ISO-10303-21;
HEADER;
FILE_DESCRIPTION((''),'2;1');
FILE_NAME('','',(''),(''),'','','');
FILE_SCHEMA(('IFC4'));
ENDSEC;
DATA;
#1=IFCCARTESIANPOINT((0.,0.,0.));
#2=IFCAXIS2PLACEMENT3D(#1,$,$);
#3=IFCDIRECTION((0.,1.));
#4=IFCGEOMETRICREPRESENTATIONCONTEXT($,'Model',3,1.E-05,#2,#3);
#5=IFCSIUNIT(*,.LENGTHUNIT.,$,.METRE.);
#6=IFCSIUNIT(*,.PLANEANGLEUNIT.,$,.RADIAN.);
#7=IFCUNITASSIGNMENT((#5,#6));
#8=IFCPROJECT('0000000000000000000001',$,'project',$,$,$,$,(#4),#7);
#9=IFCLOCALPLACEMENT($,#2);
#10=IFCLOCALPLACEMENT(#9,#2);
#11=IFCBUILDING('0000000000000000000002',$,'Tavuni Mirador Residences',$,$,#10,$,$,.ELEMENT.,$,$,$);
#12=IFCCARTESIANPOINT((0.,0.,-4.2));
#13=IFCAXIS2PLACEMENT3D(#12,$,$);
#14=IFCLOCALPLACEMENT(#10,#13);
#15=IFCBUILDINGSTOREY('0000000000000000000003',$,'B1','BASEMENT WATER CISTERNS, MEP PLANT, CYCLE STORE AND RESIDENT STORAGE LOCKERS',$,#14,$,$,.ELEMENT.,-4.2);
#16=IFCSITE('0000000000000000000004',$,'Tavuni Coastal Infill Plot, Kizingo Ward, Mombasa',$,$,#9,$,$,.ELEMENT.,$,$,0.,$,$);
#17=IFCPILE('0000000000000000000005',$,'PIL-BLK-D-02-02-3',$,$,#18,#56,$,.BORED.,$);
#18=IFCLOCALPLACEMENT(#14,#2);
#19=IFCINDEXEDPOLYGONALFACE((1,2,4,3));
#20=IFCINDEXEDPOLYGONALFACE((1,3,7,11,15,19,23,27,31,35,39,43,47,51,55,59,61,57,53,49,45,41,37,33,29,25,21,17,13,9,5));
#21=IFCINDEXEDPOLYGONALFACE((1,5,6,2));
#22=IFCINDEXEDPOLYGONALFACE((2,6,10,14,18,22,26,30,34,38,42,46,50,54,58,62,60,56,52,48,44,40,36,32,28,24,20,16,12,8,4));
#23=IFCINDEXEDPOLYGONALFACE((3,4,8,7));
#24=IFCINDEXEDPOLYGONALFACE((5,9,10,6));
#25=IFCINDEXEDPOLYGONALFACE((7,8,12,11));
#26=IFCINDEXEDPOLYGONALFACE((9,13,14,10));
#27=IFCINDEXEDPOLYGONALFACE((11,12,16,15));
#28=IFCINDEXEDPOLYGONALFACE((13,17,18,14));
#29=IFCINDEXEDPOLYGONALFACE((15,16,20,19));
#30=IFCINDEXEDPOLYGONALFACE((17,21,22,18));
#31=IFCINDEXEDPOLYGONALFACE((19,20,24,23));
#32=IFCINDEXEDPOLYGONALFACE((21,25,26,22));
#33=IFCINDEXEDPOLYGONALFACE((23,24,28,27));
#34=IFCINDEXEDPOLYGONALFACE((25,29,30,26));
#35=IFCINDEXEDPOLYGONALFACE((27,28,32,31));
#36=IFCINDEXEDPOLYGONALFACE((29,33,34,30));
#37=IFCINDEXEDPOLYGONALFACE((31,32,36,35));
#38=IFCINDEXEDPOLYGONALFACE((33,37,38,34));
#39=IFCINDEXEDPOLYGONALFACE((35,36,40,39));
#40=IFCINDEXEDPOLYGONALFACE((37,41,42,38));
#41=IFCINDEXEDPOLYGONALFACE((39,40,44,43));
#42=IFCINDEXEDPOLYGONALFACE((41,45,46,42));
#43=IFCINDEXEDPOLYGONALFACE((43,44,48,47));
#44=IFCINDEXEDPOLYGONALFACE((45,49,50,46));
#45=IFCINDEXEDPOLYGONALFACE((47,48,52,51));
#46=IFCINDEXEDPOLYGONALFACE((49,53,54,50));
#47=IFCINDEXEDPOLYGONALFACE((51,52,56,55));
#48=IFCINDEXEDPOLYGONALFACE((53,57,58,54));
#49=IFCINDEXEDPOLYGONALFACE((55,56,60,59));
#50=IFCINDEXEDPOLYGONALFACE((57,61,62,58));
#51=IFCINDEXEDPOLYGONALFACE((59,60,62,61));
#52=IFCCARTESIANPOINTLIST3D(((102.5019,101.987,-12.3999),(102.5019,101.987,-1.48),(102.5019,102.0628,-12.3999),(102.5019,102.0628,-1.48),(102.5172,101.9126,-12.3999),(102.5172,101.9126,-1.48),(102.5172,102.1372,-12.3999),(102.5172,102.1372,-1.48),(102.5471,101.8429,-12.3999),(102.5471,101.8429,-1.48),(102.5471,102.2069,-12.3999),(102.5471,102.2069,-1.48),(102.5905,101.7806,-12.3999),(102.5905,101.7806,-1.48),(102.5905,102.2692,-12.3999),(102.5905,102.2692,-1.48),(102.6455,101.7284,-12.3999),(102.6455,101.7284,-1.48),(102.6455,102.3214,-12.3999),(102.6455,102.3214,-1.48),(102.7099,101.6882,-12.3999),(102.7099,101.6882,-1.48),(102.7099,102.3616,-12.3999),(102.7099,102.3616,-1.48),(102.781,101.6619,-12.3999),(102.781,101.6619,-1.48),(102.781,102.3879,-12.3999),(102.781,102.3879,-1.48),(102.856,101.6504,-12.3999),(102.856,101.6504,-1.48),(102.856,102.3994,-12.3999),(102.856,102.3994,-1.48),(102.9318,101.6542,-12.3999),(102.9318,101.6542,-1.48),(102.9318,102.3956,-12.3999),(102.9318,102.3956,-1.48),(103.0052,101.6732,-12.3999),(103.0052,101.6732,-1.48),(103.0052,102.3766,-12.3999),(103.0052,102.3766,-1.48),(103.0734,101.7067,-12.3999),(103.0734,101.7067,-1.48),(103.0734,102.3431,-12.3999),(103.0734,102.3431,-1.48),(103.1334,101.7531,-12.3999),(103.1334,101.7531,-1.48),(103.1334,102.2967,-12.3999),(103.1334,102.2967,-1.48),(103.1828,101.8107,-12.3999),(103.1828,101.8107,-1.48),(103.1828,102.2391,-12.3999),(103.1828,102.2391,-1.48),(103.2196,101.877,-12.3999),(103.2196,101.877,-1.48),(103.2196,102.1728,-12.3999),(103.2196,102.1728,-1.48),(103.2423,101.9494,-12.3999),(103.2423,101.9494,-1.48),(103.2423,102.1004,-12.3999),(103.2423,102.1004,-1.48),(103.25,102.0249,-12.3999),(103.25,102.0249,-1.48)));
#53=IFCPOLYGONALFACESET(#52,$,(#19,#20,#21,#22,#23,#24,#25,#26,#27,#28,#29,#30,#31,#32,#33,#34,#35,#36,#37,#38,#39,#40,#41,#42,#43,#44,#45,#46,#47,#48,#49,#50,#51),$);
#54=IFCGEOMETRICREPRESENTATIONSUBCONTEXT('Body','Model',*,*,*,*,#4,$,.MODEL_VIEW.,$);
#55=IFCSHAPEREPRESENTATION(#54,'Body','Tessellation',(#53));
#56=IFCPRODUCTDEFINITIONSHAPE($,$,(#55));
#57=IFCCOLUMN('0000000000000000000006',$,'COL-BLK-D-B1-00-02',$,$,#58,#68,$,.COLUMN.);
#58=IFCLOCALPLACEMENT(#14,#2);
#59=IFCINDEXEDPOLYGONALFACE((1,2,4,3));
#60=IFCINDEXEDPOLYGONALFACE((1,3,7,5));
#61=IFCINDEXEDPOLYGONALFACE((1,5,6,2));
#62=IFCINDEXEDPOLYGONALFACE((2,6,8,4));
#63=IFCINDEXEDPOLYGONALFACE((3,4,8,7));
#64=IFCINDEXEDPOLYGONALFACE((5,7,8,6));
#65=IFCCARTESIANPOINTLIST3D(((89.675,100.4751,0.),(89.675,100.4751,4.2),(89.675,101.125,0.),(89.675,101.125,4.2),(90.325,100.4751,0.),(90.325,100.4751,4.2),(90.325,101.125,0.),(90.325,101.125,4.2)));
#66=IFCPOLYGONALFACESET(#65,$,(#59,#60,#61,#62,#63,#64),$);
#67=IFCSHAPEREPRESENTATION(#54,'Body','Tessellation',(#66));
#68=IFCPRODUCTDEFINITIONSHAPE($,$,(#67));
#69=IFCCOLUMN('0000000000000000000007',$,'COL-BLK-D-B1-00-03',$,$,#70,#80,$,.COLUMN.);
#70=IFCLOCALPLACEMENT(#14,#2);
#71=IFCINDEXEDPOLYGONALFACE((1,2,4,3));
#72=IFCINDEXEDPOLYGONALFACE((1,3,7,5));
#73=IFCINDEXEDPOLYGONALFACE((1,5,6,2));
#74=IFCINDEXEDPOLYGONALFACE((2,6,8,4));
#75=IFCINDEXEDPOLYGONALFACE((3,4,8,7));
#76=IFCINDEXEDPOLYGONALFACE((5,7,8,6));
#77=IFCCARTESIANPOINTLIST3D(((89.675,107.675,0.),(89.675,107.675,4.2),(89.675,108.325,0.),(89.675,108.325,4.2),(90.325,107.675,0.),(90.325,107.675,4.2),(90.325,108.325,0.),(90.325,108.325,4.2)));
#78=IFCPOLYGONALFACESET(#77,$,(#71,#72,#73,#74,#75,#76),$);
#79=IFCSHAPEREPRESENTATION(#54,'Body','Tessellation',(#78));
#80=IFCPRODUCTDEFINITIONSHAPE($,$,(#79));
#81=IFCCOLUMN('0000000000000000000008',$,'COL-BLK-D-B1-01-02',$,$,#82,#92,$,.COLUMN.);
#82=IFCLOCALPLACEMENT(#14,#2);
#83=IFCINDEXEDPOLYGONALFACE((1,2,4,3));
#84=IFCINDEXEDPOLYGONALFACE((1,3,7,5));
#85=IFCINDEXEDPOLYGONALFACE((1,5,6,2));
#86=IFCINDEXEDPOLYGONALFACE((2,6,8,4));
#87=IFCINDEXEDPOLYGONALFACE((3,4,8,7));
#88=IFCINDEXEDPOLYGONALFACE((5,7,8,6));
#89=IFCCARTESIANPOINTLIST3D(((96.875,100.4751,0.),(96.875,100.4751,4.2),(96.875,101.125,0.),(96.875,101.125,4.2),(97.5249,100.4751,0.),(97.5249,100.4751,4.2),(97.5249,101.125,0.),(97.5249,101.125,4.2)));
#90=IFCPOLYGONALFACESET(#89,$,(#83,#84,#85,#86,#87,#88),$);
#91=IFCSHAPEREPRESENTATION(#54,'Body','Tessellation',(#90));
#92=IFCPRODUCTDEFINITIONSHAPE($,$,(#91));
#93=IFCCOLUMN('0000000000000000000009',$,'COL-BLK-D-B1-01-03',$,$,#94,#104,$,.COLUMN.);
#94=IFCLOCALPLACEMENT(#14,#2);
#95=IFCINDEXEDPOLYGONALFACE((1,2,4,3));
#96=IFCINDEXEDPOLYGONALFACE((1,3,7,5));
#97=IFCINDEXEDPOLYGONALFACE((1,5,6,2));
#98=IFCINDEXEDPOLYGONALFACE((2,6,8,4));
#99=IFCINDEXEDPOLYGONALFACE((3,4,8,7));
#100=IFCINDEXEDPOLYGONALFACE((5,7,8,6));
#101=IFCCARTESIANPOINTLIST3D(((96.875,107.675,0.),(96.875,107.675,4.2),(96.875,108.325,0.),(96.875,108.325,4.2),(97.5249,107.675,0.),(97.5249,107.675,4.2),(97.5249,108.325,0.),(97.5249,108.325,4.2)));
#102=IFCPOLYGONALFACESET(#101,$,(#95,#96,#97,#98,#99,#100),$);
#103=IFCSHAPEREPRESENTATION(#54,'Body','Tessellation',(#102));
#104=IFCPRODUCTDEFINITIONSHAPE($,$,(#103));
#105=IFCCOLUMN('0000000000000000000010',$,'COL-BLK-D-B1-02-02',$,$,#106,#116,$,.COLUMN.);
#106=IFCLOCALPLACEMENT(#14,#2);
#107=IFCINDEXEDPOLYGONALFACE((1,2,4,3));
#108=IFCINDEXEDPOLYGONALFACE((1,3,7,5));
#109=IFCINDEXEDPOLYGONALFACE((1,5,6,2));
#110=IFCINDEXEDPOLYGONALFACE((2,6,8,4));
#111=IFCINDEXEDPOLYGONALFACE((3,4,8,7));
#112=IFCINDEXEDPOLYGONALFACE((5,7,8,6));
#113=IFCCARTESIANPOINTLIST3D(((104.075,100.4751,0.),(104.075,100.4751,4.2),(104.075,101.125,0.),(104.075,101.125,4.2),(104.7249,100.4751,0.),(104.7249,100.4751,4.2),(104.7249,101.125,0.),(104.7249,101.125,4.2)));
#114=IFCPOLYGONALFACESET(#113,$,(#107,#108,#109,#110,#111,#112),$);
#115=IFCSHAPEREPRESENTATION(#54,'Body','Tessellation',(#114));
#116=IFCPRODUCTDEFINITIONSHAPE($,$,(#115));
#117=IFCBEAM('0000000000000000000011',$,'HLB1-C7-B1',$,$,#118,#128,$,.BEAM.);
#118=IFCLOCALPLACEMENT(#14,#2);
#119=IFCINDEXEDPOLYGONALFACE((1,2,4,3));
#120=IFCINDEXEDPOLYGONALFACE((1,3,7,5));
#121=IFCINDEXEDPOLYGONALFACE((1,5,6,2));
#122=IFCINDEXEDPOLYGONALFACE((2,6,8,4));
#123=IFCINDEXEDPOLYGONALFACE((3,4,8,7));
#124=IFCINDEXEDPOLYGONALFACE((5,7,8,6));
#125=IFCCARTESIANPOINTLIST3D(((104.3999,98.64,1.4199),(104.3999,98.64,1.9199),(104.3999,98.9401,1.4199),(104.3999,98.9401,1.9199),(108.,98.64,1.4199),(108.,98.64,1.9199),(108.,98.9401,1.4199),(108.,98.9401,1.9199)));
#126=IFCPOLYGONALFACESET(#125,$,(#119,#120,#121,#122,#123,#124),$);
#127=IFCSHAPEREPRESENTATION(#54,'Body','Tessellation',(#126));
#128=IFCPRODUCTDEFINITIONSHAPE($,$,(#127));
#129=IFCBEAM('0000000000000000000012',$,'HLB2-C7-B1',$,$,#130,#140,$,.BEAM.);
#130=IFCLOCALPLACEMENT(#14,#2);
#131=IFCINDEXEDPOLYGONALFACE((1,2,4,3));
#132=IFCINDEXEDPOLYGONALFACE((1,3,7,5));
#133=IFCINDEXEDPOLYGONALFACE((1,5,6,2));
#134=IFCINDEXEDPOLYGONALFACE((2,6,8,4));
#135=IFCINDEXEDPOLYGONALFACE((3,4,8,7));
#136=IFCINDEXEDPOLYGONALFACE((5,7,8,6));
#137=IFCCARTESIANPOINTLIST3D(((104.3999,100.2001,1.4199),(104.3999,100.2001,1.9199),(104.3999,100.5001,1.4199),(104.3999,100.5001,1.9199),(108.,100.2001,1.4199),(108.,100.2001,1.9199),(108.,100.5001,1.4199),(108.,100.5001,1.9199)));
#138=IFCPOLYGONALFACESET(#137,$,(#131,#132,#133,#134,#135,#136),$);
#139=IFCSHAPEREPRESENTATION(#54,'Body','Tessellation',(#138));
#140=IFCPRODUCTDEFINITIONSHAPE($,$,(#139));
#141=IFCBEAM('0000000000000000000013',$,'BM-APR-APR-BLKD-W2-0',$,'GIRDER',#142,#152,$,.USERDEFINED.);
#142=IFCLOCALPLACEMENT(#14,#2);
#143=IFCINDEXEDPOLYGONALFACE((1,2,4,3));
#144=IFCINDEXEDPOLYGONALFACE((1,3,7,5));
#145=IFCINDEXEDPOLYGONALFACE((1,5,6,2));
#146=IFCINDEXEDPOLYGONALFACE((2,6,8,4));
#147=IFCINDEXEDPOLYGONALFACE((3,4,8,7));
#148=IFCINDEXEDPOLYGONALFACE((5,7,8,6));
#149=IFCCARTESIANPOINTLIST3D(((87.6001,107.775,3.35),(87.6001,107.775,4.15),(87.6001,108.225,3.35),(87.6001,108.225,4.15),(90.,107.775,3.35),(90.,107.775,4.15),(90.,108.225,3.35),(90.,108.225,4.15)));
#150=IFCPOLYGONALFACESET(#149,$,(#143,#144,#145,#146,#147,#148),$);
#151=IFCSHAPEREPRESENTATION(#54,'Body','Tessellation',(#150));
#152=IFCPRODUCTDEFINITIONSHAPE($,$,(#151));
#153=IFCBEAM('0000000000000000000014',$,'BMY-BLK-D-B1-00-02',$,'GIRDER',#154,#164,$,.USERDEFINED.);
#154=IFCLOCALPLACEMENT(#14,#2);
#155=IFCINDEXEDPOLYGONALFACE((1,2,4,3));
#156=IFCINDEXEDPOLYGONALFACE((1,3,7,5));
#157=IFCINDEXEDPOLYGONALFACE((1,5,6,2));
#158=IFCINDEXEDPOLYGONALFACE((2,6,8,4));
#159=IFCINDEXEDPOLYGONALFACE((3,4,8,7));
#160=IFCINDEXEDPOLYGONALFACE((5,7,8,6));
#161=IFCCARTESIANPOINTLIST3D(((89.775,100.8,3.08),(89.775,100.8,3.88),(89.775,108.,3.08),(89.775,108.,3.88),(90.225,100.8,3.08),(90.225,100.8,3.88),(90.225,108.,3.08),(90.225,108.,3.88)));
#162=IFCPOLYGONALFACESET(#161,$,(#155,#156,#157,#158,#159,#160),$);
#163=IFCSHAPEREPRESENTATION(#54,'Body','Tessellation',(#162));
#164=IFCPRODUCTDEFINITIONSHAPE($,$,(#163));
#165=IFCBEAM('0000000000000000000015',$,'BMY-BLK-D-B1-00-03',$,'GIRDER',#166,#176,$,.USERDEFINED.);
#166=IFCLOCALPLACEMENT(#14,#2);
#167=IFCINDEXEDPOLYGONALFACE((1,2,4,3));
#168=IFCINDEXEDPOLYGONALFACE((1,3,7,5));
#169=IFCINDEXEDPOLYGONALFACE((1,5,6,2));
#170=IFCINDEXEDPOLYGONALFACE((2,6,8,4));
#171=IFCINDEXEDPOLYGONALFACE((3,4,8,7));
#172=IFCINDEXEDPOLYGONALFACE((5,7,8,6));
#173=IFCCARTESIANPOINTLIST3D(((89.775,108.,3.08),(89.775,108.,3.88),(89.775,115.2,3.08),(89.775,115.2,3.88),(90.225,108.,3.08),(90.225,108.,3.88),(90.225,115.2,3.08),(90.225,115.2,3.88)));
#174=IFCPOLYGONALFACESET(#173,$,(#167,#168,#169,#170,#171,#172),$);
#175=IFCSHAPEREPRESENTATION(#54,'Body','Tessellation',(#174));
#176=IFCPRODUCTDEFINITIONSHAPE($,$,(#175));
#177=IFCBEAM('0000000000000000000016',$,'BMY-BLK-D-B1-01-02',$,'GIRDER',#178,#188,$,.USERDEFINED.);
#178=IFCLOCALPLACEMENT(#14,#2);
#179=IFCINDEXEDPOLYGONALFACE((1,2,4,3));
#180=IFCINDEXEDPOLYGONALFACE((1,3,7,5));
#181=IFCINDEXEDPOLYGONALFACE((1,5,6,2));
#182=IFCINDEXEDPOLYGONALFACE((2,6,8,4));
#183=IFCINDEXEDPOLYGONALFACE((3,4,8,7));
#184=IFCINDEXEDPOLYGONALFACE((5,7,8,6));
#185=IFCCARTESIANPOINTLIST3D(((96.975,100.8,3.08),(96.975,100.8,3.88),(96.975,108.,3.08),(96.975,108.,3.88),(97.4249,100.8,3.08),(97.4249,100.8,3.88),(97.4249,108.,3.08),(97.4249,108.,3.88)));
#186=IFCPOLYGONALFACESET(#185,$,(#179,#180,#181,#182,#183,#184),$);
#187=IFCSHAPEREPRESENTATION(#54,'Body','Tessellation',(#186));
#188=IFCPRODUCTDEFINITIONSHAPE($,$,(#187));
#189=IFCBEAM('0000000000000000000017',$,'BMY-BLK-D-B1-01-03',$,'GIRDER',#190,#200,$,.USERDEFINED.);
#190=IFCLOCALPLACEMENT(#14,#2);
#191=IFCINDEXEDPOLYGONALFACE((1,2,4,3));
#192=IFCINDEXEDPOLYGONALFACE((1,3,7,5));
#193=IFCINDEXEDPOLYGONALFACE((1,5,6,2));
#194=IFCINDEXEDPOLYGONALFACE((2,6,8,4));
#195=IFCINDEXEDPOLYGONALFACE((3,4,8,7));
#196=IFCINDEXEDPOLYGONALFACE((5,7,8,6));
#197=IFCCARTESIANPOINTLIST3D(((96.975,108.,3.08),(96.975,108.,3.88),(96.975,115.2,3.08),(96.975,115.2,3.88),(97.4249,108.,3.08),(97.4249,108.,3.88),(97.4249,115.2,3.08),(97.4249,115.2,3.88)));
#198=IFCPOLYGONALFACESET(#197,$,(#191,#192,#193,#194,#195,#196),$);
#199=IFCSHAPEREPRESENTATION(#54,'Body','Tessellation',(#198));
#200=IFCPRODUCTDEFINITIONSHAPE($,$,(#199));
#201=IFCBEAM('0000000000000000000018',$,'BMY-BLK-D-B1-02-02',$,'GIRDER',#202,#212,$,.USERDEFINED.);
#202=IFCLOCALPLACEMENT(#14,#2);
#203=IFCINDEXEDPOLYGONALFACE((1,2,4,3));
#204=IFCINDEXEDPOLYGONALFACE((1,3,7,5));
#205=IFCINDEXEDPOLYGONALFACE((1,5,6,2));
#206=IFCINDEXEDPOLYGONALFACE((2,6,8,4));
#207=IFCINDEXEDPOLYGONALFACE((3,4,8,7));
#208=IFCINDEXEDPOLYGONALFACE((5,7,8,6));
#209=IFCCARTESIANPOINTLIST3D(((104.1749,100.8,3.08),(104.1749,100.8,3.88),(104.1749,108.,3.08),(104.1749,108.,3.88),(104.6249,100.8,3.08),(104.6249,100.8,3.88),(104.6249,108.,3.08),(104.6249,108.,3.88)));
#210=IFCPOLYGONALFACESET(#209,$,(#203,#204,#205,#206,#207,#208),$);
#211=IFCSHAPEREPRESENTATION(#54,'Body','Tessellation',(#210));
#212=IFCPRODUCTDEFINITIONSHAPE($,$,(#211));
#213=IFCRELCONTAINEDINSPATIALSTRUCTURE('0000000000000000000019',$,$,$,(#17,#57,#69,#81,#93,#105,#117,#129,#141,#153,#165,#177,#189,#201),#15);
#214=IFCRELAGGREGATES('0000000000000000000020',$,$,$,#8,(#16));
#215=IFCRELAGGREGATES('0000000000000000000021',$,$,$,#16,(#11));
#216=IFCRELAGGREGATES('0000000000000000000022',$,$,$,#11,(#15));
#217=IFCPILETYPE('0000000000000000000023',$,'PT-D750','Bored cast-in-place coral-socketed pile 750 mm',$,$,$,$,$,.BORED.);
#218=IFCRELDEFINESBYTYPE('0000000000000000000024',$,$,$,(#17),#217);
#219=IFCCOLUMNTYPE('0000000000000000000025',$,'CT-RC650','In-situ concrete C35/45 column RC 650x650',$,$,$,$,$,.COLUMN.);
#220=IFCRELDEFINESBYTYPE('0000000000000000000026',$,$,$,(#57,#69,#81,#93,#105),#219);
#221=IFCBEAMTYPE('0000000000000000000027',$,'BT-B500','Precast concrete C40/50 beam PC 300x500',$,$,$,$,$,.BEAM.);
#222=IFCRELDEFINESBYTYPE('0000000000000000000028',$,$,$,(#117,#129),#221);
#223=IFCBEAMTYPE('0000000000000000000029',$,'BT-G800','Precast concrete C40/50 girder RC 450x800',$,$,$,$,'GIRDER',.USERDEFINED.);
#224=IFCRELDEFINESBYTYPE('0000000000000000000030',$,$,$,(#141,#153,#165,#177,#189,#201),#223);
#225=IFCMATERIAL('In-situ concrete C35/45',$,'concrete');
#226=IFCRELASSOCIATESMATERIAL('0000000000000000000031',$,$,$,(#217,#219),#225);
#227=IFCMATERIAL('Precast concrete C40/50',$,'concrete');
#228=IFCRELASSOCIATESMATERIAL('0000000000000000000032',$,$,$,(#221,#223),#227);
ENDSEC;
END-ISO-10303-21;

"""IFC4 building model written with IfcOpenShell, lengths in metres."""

from ifc_helpers import new_model, si_unit, direction, frame, origin, origin_2d, place, context, subcontext, project, spatial, rectangle, circle, extrude, material, material_profile, profile_set, type_object, element, save


model = new_model("IFC4")

# Units and contexts
model_context = context("Model", 3, precision=1e-05, world=origin(), true_north=direction((0.0, 1.0)))
body_context = subcontext(model_context, "Body", "Model", "MODEL_VIEW")
ifc_project = project(units=[si_unit("LENGTHUNIT", "METRE"), si_unit("PLANEANGLEUNIT", "RADIAN")], contexts=[model_context])

# Site, building, storey
site_placement = place(None, origin())
site = spatial("IfcSite", under=ifc_project, at=site_placement, Name="Tavuni Coastal Infill Plot, Kizingo Ward, Mombasa", CompositionType="ELEMENT", RefElevation=0.0)
building_placement = place(site_placement, origin())
building = spatial("IfcBuilding", under=site, at=building_placement, Name="Tavuni Mirador Residences", CompositionType="ELEMENT")
storey_placement = place(building_placement, frame((0.0, 0.0, -4.2)))
storey = spatial("IfcBuildingStorey", under=building, at=storey_placement, Name="B1", Description="BASEMENT WATER CISTERNS, MEP PLANT, CYCLE STORE AND RESIDENT STORAGE LOCKERS", CompositionType="ELEMENT", Elevation=-4.2)

# Shared definitions
ifc_material_1 = material(Name="In-situ concrete C35/45", Category="concrete")

# Pile
ifc_material_profile_1 = material_profile(ifc_material_1, circle(Radius=0.375, at=origin_2d()), Name="PILE D750", Category="concrete")
ifc_profile_set_1 = profile_set([ifc_material_profile_1], Name="In-situ concrete C35/45")
pile_type_1 = type_object("IfcPileType", Name="PT-D750", Description="Bored cast-in-place coral-socketed pile 750 mm", PredefinedType="BORED", material=ifc_profile_set_1)
for number, where, z_axis, x_axis, name in (
    (1, (102.875, 102.0249, -1.48), (0.0, 0.0, -1.0), (1.0, 0.0, 0.0), "PIL-BLK-D-02-02-3"),
):
    element("IfcPile", number, at=place(storey_placement, frame(where, z_axis=z_axis, x_axis=x_axis)), inside=storey, type_object=pile_type_1, Name=name, PredefinedType="BORED", context=body_context, shape_type="SweptSolid", body=[
        extrude(circle(Radius=0.375, at=origin_2d()), origin(), (0.0, 0.0, 1.0), 10.9199),
    ])

# Columns
ifc_material_profile_2 = material_profile(ifc_material_1, rectangle(XDim=0.6499, YDim=0.6499, at=origin_2d()), Name="RC 650x650", Category="concrete")
ifc_profile_set_2 = profile_set([ifc_material_profile_2], Name="In-situ concrete C35/45")
column_type = type_object("IfcColumnType", Name="CT-RC650", Description="In-situ concrete C35/45 column RC 650x650", PredefinedType="COLUMN", material=ifc_profile_set_2)
for number, where, z_axis, x_axis, name in (
    (2, (90.0, 100.8, 0.0), (0.0, 0.0, 1.0), (1.0, 0.0, 0.0), "COL-BLK-D-B1-00-02"),
    (3, (90.0, 108.0, 0.0), (0.0, 0.0, 1.0), (1.0, 0.0, 0.0), "COL-BLK-D-B1-00-03"),
    (4, (97.2, 100.8, 0.0), (0.0, 0.0, 1.0), (1.0, 0.0, 0.0), "COL-BLK-D-B1-01-02"),
    (5, (97.2, 108.0, 0.0), (0.0, 0.0, 1.0), (1.0, 0.0, 0.0), "COL-BLK-D-B1-01-03"),
    (6, (104.3999, 100.8, 0.0), (0.0, 0.0, 1.0), (1.0, 0.0, 0.0), "COL-BLK-D-B1-02-02"),
):
    element("IfcColumn", number, at=place(storey_placement, frame(where, z_axis=z_axis, x_axis=x_axis)), inside=storey, type_object=column_type, Name=name, PredefinedType="COLUMN", context=body_context, shape_type="SweptSolid", body=[
        extrude(rectangle(XDim=0.6499, YDim=0.6499, at=origin_2d()), origin(), (0.0, 0.0, 1.0), 4.2),
    ])

# Beams
ifc_material_2 = material(Name="Precast concrete C40/50", Category="concrete")
ifc_material_profile_3 = material_profile(ifc_material_2, rectangle(XDim=0.3, YDim=0.5, at=origin_2d()), Name="PC 300x500", Category="concrete")
ifc_profile_set_3 = profile_set([ifc_material_profile_3], Name="Precast concrete C40/50")
beam_type_1 = type_object("IfcBeamType", Name="BT-B500", Description="Precast concrete C40/50 beam PC 300x500", PredefinedType="BEAM", material=ifc_profile_set_3)
for number, where, z_axis, x_axis, name in (
    (7, (104.3999, 98.79, 1.6699), (1.0, 0.0, 0.0), (0.0, 1.0, 0.0), "HLB1-C7-B1"),
    (8, (104.3999, 100.3501, 1.6699), (1.0, 0.0, 0.0), (0.0, 1.0, 0.0), "HLB2-C7-B1"),
):
    element("IfcBeam", number, at=place(storey_placement, frame(where, z_axis=z_axis, x_axis=x_axis)), inside=storey, type_object=beam_type_1, Name=name, PredefinedType="BEAM", context=body_context, shape_type="SweptSolid", body=[
        extrude(rectangle(XDim=0.3, YDim=0.5, at=origin_2d()), origin(), (0.0, 0.0, 1.0), 3.6001),
    ])
ifc_material_profile_4 = material_profile(ifc_material_2, rectangle(XDim=0.45, YDim=0.8, at=origin_2d()), Name="RC 450x800", Category="concrete")
ifc_profile_set_4 = profile_set([ifc_material_profile_4], Name="Precast concrete C40/50")
beam_type_2 = type_object("IfcBeamType", Name="BT-G800", Description="Precast concrete C40/50 girder RC 450x800", ElementType="GIRDER", PredefinedType="USERDEFINED", material=ifc_profile_set_4)
beam_placement = place(storey_placement, frame((90.0, 108.0, 3.75), z_axis=(-1.0, 0.0, 0.0), x_axis=(0.0, -1.0, 0.0)))
element("IfcBeam", 9, at=beam_placement, inside=storey, type_object=beam_type_2, Name="BM-APR-APR-BLKD-W2-0", ObjectType="GIRDER", PredefinedType="USERDEFINED", context=body_context, shape_type="SweptSolid", body=[
    extrude(rectangle(XDim=0.45, YDim=0.8, at=origin_2d()), origin(), (0.0, 0.0, 1.0), 2.3999),
])
for number, where, z_axis, x_axis, name in (
    (10, (90.0, 100.8, 3.48), (0.0, 1.0, 0.0), (-1.0, 0.0, 0.0), "BMY-BLK-D-B1-00-02"),
    (11, (90.0, 108.0, 3.48), (0.0, 1.0, 0.0), (-1.0, 0.0, 0.0), "BMY-BLK-D-B1-00-03"),
    (12, (97.2, 100.8, 3.48), (0.0, 1.0, 0.0), (-1.0, 0.0, 0.0), "BMY-BLK-D-B1-01-02"),
    (13, (97.2, 108.0, 3.48), (0.0, 1.0, 0.0), (-1.0, 0.0, 0.0), "BMY-BLK-D-B1-01-03"),
    (14, (104.3999, 100.8, 3.48), (0.0, 1.0, 0.0), (-1.0, 0.0, 0.0), "BMY-BLK-D-B1-02-02"),
):
    element("IfcBeam", number, at=place(storey_placement, frame(where, z_axis=z_axis, x_axis=x_axis)), inside=storey, type_object=beam_type_2, Name=name, ObjectType="GIRDER", PredefinedType="USERDEFINED", context=body_context, shape_type="SweptSolid", body=[
        extrude(rectangle(XDim=0.45, YDim=0.8, at=origin_2d()), origin(), (0.0, 0.0, 1.0), 7.2),
    ])

save(model, "model.ifc")
